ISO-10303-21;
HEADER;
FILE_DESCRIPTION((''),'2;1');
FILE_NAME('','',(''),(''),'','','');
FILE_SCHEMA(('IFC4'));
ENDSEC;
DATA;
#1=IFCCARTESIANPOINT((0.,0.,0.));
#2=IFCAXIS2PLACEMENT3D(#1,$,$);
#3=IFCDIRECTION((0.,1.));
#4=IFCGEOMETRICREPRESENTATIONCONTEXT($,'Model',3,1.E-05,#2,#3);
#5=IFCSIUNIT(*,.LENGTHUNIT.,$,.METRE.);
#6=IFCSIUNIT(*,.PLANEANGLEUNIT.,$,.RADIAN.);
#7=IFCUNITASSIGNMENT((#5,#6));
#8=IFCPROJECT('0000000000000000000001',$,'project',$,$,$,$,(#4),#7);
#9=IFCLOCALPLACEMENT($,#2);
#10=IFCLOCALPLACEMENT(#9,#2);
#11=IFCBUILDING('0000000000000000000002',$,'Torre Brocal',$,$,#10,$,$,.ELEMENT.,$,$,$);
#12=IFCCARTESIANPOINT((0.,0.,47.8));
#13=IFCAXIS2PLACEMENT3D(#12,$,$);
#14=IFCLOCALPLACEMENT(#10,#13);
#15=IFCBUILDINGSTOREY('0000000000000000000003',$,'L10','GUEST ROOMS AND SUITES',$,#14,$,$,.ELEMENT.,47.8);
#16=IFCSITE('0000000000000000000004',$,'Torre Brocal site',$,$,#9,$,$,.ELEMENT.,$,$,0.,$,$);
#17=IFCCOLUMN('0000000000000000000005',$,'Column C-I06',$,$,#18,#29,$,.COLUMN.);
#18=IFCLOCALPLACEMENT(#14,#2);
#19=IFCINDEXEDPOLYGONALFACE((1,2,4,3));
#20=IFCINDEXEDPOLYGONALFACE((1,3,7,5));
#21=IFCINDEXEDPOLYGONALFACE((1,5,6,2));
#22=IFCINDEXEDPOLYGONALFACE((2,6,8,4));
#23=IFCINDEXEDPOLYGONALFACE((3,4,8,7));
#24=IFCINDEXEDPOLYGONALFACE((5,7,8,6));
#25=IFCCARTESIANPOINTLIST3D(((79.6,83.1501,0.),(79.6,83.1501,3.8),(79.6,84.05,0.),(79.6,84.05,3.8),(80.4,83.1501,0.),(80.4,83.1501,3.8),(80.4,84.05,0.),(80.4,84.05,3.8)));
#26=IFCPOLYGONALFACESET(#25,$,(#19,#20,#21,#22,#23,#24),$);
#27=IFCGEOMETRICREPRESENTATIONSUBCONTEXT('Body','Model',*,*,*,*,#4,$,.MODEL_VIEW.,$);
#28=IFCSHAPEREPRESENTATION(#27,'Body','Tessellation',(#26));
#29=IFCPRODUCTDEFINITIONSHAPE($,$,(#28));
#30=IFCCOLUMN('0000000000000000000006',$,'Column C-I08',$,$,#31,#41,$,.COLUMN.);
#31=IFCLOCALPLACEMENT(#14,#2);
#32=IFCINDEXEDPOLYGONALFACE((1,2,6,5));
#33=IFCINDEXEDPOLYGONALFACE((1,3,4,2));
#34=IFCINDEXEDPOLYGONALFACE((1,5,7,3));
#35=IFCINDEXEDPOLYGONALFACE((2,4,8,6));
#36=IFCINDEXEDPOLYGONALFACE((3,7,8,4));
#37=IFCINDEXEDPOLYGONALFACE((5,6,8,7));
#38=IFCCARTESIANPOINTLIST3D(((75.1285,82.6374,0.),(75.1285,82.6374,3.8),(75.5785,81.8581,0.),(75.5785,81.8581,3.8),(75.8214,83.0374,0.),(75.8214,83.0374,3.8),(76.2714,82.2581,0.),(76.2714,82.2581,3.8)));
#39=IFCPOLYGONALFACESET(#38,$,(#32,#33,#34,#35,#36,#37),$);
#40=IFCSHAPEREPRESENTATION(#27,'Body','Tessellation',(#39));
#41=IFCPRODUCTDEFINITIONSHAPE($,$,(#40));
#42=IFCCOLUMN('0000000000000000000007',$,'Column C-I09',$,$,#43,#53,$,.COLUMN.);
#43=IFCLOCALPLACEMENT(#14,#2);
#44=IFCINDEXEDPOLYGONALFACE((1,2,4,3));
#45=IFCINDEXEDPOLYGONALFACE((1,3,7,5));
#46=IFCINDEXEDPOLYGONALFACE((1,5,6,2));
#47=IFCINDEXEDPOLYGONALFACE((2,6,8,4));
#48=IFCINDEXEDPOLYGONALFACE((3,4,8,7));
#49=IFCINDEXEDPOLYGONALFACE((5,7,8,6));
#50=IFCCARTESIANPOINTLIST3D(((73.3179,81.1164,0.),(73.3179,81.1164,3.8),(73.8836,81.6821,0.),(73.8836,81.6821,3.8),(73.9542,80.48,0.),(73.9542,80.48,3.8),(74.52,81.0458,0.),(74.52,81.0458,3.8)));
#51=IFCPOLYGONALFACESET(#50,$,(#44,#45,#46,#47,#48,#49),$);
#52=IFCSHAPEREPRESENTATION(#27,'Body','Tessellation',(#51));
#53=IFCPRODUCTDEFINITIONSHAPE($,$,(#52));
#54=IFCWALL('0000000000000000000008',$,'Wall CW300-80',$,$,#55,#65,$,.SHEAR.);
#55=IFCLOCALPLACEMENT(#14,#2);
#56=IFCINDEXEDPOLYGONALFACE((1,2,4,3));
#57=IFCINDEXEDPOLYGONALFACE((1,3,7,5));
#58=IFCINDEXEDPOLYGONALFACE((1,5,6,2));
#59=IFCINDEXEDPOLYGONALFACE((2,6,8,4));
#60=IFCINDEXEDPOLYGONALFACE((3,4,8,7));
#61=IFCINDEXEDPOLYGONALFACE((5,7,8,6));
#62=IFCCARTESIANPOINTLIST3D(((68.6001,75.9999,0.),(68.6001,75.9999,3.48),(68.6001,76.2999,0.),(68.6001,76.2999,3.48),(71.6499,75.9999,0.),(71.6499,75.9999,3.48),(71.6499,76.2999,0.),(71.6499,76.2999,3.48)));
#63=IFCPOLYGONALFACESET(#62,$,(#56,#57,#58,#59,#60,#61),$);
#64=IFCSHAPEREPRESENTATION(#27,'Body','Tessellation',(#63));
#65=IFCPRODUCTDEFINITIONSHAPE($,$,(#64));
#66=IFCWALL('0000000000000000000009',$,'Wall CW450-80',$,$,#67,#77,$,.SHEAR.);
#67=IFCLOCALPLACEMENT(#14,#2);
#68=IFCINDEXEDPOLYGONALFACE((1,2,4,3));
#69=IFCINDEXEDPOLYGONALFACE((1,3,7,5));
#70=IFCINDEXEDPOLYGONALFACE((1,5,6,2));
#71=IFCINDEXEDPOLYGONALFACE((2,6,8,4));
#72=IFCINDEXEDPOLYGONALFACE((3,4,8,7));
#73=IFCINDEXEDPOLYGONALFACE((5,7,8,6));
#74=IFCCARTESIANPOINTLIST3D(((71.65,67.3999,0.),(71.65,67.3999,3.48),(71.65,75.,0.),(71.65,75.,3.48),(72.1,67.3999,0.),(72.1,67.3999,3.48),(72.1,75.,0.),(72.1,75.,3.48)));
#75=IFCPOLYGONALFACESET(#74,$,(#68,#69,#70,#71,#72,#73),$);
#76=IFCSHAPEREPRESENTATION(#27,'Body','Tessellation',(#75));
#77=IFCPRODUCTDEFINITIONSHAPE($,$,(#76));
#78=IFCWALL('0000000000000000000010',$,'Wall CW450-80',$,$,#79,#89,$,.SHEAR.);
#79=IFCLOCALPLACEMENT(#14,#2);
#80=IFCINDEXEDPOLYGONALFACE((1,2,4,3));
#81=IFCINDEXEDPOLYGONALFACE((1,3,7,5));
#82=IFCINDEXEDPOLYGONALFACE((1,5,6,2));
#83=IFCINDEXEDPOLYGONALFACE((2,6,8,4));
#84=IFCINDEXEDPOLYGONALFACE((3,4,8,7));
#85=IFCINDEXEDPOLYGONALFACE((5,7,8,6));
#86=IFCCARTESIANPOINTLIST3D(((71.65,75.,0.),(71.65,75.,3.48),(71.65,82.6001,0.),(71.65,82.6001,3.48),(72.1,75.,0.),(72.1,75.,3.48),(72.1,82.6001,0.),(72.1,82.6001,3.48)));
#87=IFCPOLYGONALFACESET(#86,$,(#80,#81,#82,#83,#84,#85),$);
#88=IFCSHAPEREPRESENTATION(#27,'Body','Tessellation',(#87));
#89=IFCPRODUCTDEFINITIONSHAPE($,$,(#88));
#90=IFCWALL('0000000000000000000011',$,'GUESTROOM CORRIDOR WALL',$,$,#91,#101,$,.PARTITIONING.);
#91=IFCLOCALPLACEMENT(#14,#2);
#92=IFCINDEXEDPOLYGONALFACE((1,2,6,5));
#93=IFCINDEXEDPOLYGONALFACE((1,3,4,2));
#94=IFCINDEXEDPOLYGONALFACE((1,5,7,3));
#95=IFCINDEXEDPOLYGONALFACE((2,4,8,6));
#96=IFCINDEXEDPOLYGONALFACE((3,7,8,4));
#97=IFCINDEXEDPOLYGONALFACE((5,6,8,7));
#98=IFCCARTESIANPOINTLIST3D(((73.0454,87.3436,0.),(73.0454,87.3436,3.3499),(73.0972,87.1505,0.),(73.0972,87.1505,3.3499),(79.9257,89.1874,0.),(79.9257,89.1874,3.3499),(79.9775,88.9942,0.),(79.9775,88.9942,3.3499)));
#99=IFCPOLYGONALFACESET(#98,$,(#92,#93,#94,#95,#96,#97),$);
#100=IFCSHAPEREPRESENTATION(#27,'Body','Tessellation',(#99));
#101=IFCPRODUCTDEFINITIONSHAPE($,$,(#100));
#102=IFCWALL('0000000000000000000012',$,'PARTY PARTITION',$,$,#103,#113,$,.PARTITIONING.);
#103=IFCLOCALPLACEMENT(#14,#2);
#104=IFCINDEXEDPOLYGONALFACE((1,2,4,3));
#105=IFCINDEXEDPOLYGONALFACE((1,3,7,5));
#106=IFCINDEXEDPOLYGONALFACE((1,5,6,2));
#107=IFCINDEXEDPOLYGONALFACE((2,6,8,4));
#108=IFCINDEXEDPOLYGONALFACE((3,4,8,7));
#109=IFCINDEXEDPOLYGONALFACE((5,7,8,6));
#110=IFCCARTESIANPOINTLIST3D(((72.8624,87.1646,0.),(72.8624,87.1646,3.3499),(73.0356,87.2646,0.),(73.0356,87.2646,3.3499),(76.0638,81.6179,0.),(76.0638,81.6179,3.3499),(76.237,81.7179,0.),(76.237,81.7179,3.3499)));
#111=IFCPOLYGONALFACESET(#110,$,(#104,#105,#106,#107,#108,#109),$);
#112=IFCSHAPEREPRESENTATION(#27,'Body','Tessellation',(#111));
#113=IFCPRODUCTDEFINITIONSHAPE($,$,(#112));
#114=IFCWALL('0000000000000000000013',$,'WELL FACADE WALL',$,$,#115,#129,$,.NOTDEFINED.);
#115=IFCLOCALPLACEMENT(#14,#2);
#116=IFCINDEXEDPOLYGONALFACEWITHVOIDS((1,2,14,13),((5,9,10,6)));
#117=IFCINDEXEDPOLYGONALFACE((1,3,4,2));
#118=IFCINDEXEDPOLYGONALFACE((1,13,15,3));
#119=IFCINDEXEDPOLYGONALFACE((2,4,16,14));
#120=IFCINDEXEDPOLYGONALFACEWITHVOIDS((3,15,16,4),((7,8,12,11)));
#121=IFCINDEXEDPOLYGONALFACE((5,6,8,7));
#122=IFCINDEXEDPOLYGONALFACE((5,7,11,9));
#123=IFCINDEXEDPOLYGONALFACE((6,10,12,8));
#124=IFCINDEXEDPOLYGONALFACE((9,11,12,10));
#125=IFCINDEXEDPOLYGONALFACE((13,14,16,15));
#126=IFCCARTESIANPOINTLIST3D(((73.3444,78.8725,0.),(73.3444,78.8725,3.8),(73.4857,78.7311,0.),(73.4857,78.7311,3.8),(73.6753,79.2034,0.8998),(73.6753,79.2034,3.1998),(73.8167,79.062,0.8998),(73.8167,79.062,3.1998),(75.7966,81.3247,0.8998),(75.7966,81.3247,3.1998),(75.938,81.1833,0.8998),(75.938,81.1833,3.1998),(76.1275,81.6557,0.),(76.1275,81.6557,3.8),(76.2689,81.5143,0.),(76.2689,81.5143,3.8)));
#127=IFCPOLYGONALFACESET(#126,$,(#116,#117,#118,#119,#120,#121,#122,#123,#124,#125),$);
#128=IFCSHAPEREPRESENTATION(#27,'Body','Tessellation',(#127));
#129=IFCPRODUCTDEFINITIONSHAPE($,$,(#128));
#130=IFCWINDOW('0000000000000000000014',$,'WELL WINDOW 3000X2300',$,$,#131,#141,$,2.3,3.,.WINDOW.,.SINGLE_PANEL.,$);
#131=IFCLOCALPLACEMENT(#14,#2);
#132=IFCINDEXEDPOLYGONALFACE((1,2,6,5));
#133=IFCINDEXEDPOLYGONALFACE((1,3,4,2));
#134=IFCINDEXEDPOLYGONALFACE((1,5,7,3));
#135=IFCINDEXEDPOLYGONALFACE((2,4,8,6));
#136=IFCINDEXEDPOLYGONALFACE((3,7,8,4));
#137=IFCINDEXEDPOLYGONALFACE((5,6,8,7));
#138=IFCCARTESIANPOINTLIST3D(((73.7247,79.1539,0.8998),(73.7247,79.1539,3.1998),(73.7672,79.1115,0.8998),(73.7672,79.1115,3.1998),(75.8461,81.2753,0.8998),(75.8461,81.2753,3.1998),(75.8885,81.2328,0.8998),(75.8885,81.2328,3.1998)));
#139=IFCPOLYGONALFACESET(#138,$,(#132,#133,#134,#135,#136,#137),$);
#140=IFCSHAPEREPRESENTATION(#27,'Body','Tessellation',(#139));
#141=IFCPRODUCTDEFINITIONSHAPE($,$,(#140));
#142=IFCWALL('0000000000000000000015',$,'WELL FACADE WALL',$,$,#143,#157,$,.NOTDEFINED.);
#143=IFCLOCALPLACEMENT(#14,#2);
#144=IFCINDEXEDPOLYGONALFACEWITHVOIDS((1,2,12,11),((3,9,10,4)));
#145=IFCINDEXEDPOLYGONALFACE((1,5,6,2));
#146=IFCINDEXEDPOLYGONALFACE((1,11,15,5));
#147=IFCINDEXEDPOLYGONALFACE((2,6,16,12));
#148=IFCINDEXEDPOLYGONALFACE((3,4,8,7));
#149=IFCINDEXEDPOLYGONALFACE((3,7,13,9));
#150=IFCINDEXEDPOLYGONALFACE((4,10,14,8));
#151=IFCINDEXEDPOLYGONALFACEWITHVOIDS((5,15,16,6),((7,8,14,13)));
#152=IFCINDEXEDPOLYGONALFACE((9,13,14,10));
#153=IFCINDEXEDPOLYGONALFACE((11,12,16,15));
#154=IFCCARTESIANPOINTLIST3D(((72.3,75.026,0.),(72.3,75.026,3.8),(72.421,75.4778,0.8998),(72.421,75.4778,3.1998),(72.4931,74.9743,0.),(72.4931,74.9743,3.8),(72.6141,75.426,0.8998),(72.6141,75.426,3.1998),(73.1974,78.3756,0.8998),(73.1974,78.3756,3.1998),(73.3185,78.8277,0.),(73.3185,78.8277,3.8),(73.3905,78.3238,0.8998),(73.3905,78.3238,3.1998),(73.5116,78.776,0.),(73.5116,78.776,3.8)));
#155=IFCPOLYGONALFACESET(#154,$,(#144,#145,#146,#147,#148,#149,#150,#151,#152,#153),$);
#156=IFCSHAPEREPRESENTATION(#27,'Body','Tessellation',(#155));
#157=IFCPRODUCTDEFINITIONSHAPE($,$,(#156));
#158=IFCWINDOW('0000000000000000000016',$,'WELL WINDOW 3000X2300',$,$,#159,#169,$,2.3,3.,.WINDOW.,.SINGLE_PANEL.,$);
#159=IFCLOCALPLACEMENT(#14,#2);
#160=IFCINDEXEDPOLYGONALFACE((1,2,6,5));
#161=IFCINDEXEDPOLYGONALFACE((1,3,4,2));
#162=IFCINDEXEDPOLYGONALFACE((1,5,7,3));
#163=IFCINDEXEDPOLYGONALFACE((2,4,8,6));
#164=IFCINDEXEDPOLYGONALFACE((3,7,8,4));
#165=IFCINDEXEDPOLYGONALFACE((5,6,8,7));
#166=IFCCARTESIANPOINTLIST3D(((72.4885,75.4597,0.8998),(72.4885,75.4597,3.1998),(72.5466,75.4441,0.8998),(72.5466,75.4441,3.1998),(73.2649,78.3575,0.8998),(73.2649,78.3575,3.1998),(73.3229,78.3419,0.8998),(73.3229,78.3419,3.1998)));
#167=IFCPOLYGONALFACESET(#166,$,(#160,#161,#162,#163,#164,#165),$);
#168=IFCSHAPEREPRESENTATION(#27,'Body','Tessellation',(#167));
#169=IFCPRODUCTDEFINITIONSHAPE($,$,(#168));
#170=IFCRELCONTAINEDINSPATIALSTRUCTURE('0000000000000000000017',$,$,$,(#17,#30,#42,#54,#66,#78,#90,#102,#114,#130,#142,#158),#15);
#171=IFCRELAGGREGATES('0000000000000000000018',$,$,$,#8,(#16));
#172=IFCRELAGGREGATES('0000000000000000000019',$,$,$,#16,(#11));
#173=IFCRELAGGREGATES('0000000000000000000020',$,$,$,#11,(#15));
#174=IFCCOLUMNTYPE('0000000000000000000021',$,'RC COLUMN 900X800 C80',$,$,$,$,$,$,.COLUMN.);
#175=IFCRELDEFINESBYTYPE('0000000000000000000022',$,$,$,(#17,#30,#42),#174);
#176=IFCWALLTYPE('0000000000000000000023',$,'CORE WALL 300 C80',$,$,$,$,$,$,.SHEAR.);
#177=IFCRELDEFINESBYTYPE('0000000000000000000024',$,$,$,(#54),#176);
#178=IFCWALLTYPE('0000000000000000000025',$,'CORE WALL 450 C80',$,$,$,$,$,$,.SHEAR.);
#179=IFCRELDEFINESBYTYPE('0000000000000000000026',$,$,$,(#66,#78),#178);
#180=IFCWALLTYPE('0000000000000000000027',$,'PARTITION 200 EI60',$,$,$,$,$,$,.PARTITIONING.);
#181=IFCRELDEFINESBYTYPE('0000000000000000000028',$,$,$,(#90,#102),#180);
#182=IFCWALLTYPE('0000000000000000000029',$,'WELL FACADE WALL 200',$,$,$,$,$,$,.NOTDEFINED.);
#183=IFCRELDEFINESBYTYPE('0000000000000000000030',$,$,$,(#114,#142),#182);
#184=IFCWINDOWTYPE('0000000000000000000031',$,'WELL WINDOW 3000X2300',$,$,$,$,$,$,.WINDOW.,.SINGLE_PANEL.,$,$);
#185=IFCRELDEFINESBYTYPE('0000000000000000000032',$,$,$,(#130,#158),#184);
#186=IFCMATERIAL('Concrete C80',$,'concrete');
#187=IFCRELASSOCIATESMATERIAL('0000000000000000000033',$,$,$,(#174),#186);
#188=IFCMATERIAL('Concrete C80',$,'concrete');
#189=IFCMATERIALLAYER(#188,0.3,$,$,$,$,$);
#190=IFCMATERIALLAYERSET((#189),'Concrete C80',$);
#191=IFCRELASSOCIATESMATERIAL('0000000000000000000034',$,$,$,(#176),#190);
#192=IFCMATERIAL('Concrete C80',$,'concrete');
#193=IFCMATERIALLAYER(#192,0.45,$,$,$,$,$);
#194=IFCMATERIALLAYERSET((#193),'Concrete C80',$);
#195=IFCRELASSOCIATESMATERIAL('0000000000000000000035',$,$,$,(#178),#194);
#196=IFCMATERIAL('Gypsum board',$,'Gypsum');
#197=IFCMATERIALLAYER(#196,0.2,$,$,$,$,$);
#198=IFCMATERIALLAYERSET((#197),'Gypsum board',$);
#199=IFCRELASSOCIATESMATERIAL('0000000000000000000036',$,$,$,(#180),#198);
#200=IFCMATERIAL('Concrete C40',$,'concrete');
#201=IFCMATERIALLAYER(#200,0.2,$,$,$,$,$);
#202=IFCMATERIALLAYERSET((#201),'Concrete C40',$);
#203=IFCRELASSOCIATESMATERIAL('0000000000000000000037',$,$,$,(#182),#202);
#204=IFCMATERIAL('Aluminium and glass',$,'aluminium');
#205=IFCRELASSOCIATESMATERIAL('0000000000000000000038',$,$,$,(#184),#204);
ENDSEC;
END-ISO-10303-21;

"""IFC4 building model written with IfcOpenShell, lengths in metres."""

from ifc_helpers import new_model, si_unit, direction, frame, frame_2d, origin, origin_2d, place, context, subcontext, project, spatial, rectangle, extrude, material, layer, layer_set, material_profile, profile_set, type_object, element, fill, save


model = new_model("IFC4")

# Units and contexts
model_context = context("Model", 3, precision=1e-05, world=origin(), true_north=direction((0.0, 1.0)))
body_context = subcontext(model_context, "Body", "Model", "MODEL_VIEW")
ifc_project = project(units=[si_unit("LENGTHUNIT", "METRE"), si_unit("PLANEANGLEUNIT", "RADIAN")], contexts=[model_context])

# Site, building, storey
site_placement = place(None, origin())
site = spatial("IfcSite", under=ifc_project, at=site_placement, Name="Torre Brocal site", CompositionType="ELEMENT", RefElevation=0.0)
building_placement = place(site_placement, origin())
building = spatial("IfcBuilding", under=site, at=building_placement, Name="Torre Brocal", CompositionType="ELEMENT")
storey_placement = place(building_placement, frame((0.0, 0.0, 47.8)))
storey = spatial("IfcBuildingStorey", under=building, at=storey_placement, Name="L10", Description="GUEST ROOMS AND SUITES", CompositionType="ELEMENT", Elevation=47.8)

# Columns
ifc_material_1 = material(Name="Concrete C80", Category="concrete")
ifc_material_profile = material_profile(ifc_material_1, rectangle(XDim=0.8999, YDim=0.8, at=origin_2d()), Name="RC 900X800")
ifc_profile_set = profile_set([ifc_material_profile], Name="Concrete C80")
column_type = type_object("IfcColumnType", Name="RC COLUMN 900X800 C80", PredefinedType="COLUMN", material=ifc_profile_set)
for number, where, z_axis, x_axis, name in (
    (1, (80.0, 83.6001, 0.0), (0.0, 0.0, 1.0), (0.0, 1.0, 0.0), "Column C-I06"),
    (2, (75.7, 82.4478, 0.0), (0.0, 0.0, 1.0), (-0.5, 0.866025, 0.0), "Column C-I08"),
    (3, (73.9189, 81.0811, 0.0), (0.0, 0.0, 1.0), (-0.707107, 0.707107, 0.0), "Column C-I09"),
):
    element("IfcColumn", number, at=place(storey_placement, frame(where, z_axis=z_axis, x_axis=x_axis)), inside=storey, type_object=column_type, Name=name, PredefinedType="COLUMN", context=body_context, shape_type="SweptSolid", body=[
        extrude(rectangle(XDim=0.8999, YDim=0.8, at=origin_2d()), origin(), (0.0, 0.0, 1.0), 3.8),
    ])

# Walls
ifc_material_2 = material(Name="Concrete C80", Category="concrete")
ifc_layer_1 = layer(ifc_material_2, 0.3)
ifc_layer_set_1 = layer_set([ifc_layer_1], Name="Concrete C80")
wall_type_1 = type_object("IfcWallType", Name="CORE WALL 300 C80", PredefinedType="SHEAR", material=ifc_layer_set_1)
wall_1_placement = place(storey_placement, frame((71.6499, 76.1499, 0.0), z_axis=(0.0, 0.0, 1.0), x_axis=(-1.0, 0.0, 0.0)))
element("IfcWall", 4, at=wall_1_placement, inside=storey, type_object=wall_type_1, Name="Wall CW300-80", PredefinedType="SHEAR", context=body_context, shape_type="SweptSolid", body=[
    extrude(rectangle(XDim=3.0498, YDim=0.3, at=frame_2d((1.5249, 0.0))), origin(), (0.0, 0.0, 1.0), 3.48),
])
ifc_material_3 = material(Name="Concrete C80", Category="concrete")
ifc_layer_2 = layer(ifc_material_3, 0.45)
ifc_layer_set_2 = layer_set([ifc_layer_2], Name="Concrete C80")
wall_type_2 = type_object("IfcWallType", Name="CORE WALL 450 C80", PredefinedType="SHEAR", material=ifc_layer_set_2)
for number, where, z_axis, x_axis, name in (
    (5, (71.875, 75.0, 0.0), (0.0, 0.0, 1.0), (0.0, -1.0, 0.0), "Wall CW450-80"),
    (6, (71.875, 82.6001, 0.0), (0.0, 0.0, 1.0), (0.0, -1.0, 0.0), "Wall CW450-80"),
):
    element("IfcWall", number, at=place(storey_placement, frame(where, z_axis=z_axis, x_axis=x_axis)), inside=storey, type_object=wall_type_2, Name=name, PredefinedType="SHEAR", context=body_context, shape_type="SweptSolid", body=[
        extrude(rectangle(XDim=7.6001, YDim=0.45, at=frame_2d((3.8, 0.0))), origin(), (0.0, 0.0, 1.0), 3.48),
    ])

# Walls
ifc_material_4 = material(Name="Gypsum board", Category="Gypsum")
ifc_layer_3 = layer(ifc_material_4, 0.2)
ifc_layer_set_3 = layer_set([ifc_layer_3], Name="Gypsum board")
wall_type_3 = type_object("IfcWallType", Name="PARTITION 200 EI60", PredefinedType="PARTITIONING", material=ifc_layer_set_3)
wall_2_placement = place(storey_placement, frame((73.0713, 87.2471, 0.0), z_axis=(0.0, 0.0, 1.0), x_axis=(0.96592, 0.25884, 0.0)))
element("IfcWall", 7, at=wall_2_placement, inside=storey, type_object=wall_type_3, Name="GUESTROOM CORRIDOR WALL", PredefinedType="PARTITIONING", context=body_context, shape_type="SweptSolid", body=[
    extrude(rectangle(XDim=7.123, YDim=0.2, at=frame_2d((3.5615, 0.0))), origin(), (0.0, 0.0, 1.0), 3.3499),
])
wall_3_placement = place(storey_placement, frame((72.949, 87.2146, 0.0), z_axis=(0.0, 0.0, 1.0), x_axis=(0.499891, -0.866088, 0.0)))
element("IfcWall", 8, at=wall_3_placement, inside=storey, type_object=wall_type_3, Name="PARTY PARTITION", PredefinedType="PARTITIONING", context=body_context, shape_type="SweptSolid", body=[
    extrude(rectangle(XDim=6.4043, YDim=0.2, at=frame_2d((3.2021, 0.0))), origin(), (0.0, 0.0, 1.0), 3.3499),
])

# Walls, openings, windows
ifc_material_5 = material(Name="Concrete C40", Category="concrete")
ifc_layer_4 = layer(ifc_material_5, 0.2)
ifc_layer_set_4 = layer_set([ifc_layer_4], Name="Concrete C40")
wall_type_4 = type_object("IfcWallType", Name="WELL FACADE WALL 200", PredefinedType="NOTDEFINED", material=ifc_layer_set_4)
wall_4_placement = place(storey_placement, frame((76.1982, 81.585, 0.0), z_axis=(0.0, 0.0, 1.0), x_axis=(-0.707107, -0.707107, 0.0)))
wall_4 = element("IfcWall", 9, at=wall_4_placement, inside=storey, type_object=wall_type_4, Name="WELL FACADE WALL", PredefinedType="NOTDEFINED", context=body_context, shape_type="SweptSolid", body=[
    extrude(rectangle(XDim=3.936, YDim=0.2, at=frame_2d((1.968, 0.0))), origin(), (0.0, 0.0, 1.0), 3.8),
])
opening_1_placement = place(wall_4_placement, frame((0.468, 0.0, 0.8999)))
opening_1 = element("IfcOpeningElement", 10, at=opening_1_placement, cuts=wall_4, PredefinedType="OPENING", context=body_context, shape_type="SweptSolid", body=[
    extrude(rectangle(XDim=3.0, YDim=2.3, at=frame_2d((1.5, 1.1499))), frame((0.0, 0.1099, 0.0), z_axis=(0.0, -1.0, 0.0), x_axis=(1.0, 0.0, 0.0)), (0.0, 0.0, 1.0), 0.22),
])
ifc_material_6 = material(Name="Aluminium and glass", Category="aluminium")
window_type = type_object("IfcWindowType", Name="WELL WINDOW 3000X2300", PartitioningType="SINGLE_PANEL", PredefinedType="WINDOW", material=ifc_material_6)
window_1_placement = place(opening_1_placement, origin())
window_1 = element("IfcWindow", 11, at=window_1_placement, inside=storey, type_object=window_type, Name="WELL WINDOW 3000X2300", OverallHeight=2.3, OverallWidth=3.0, PartitioningType="SINGLE_PANEL", PredefinedType="WINDOW", context=body_context, shape_type="SweptSolid", body=[
    extrude(rectangle(XDim=3.0, YDim=2.3, at=frame_2d((1.5, 1.1499))), frame((0.0, 0.03, 0.0), z_axis=(0.0, -1.0, 0.0), x_axis=(1.0, 0.0, 0.0)), (0.0, 0.0, 1.0), 0.0601),
])
fill(opening_1, window_1)
wall_5_placement = place(storey_placement, frame((73.415, 78.8018, 0.0), z_axis=(0.0, 0.0, 1.0), x_axis=(-0.25879, -0.965934, 0.0)))
wall_5 = element("IfcWall", 12, at=wall_5_placement, inside=storey, type_object=wall_type_4, Name="WELL FACADE WALL", PredefinedType="NOTDEFINED", context=body_context, shape_type="SweptSolid", body=[
    extrude(rectangle(XDim=3.9358, YDim=0.2, at=frame_2d((1.9678, 0.0))), origin(), (0.0, 0.0, 1.0), 3.8),
])
opening_2_placement = place(wall_5_placement, frame((0.468, 0.0, 0.8999)))
opening_2 = element("IfcOpeningElement", 13, at=opening_2_placement, cuts=wall_5, PredefinedType="OPENING", context=body_context, shape_type="SweptSolid", body=[
    extrude(rectangle(XDim=3.0, YDim=2.3, at=frame_2d((1.5, 1.1499))), frame((0.0, 0.1099, 0.0), z_axis=(0.0, -1.0, 0.0), x_axis=(1.0, 0.0, 0.0)), (0.0, 0.0, 1.0), 0.22),
])
window_2_placement = place(opening_2_placement, origin())
window_2 = element("IfcWindow", 14, at=window_2_placement, inside=storey, type_object=window_type, Name="WELL WINDOW 3000X2300", OverallHeight=2.3, OverallWidth=3.0, PartitioningType="SINGLE_PANEL", PredefinedType="WINDOW", context=body_context, shape_type="SweptSolid", body=[
    extrude(rectangle(XDim=3.0, YDim=2.3, at=frame_2d((1.5, 1.1499))), frame((0.0, 0.03, 0.0), z_axis=(0.0, -1.0, 0.0), x_axis=(1.0, 0.0, 0.0)), (0.0, 0.0, 1.0), 0.0601),
])
fill(opening_2, window_2)

save(model, "model.ifc")
